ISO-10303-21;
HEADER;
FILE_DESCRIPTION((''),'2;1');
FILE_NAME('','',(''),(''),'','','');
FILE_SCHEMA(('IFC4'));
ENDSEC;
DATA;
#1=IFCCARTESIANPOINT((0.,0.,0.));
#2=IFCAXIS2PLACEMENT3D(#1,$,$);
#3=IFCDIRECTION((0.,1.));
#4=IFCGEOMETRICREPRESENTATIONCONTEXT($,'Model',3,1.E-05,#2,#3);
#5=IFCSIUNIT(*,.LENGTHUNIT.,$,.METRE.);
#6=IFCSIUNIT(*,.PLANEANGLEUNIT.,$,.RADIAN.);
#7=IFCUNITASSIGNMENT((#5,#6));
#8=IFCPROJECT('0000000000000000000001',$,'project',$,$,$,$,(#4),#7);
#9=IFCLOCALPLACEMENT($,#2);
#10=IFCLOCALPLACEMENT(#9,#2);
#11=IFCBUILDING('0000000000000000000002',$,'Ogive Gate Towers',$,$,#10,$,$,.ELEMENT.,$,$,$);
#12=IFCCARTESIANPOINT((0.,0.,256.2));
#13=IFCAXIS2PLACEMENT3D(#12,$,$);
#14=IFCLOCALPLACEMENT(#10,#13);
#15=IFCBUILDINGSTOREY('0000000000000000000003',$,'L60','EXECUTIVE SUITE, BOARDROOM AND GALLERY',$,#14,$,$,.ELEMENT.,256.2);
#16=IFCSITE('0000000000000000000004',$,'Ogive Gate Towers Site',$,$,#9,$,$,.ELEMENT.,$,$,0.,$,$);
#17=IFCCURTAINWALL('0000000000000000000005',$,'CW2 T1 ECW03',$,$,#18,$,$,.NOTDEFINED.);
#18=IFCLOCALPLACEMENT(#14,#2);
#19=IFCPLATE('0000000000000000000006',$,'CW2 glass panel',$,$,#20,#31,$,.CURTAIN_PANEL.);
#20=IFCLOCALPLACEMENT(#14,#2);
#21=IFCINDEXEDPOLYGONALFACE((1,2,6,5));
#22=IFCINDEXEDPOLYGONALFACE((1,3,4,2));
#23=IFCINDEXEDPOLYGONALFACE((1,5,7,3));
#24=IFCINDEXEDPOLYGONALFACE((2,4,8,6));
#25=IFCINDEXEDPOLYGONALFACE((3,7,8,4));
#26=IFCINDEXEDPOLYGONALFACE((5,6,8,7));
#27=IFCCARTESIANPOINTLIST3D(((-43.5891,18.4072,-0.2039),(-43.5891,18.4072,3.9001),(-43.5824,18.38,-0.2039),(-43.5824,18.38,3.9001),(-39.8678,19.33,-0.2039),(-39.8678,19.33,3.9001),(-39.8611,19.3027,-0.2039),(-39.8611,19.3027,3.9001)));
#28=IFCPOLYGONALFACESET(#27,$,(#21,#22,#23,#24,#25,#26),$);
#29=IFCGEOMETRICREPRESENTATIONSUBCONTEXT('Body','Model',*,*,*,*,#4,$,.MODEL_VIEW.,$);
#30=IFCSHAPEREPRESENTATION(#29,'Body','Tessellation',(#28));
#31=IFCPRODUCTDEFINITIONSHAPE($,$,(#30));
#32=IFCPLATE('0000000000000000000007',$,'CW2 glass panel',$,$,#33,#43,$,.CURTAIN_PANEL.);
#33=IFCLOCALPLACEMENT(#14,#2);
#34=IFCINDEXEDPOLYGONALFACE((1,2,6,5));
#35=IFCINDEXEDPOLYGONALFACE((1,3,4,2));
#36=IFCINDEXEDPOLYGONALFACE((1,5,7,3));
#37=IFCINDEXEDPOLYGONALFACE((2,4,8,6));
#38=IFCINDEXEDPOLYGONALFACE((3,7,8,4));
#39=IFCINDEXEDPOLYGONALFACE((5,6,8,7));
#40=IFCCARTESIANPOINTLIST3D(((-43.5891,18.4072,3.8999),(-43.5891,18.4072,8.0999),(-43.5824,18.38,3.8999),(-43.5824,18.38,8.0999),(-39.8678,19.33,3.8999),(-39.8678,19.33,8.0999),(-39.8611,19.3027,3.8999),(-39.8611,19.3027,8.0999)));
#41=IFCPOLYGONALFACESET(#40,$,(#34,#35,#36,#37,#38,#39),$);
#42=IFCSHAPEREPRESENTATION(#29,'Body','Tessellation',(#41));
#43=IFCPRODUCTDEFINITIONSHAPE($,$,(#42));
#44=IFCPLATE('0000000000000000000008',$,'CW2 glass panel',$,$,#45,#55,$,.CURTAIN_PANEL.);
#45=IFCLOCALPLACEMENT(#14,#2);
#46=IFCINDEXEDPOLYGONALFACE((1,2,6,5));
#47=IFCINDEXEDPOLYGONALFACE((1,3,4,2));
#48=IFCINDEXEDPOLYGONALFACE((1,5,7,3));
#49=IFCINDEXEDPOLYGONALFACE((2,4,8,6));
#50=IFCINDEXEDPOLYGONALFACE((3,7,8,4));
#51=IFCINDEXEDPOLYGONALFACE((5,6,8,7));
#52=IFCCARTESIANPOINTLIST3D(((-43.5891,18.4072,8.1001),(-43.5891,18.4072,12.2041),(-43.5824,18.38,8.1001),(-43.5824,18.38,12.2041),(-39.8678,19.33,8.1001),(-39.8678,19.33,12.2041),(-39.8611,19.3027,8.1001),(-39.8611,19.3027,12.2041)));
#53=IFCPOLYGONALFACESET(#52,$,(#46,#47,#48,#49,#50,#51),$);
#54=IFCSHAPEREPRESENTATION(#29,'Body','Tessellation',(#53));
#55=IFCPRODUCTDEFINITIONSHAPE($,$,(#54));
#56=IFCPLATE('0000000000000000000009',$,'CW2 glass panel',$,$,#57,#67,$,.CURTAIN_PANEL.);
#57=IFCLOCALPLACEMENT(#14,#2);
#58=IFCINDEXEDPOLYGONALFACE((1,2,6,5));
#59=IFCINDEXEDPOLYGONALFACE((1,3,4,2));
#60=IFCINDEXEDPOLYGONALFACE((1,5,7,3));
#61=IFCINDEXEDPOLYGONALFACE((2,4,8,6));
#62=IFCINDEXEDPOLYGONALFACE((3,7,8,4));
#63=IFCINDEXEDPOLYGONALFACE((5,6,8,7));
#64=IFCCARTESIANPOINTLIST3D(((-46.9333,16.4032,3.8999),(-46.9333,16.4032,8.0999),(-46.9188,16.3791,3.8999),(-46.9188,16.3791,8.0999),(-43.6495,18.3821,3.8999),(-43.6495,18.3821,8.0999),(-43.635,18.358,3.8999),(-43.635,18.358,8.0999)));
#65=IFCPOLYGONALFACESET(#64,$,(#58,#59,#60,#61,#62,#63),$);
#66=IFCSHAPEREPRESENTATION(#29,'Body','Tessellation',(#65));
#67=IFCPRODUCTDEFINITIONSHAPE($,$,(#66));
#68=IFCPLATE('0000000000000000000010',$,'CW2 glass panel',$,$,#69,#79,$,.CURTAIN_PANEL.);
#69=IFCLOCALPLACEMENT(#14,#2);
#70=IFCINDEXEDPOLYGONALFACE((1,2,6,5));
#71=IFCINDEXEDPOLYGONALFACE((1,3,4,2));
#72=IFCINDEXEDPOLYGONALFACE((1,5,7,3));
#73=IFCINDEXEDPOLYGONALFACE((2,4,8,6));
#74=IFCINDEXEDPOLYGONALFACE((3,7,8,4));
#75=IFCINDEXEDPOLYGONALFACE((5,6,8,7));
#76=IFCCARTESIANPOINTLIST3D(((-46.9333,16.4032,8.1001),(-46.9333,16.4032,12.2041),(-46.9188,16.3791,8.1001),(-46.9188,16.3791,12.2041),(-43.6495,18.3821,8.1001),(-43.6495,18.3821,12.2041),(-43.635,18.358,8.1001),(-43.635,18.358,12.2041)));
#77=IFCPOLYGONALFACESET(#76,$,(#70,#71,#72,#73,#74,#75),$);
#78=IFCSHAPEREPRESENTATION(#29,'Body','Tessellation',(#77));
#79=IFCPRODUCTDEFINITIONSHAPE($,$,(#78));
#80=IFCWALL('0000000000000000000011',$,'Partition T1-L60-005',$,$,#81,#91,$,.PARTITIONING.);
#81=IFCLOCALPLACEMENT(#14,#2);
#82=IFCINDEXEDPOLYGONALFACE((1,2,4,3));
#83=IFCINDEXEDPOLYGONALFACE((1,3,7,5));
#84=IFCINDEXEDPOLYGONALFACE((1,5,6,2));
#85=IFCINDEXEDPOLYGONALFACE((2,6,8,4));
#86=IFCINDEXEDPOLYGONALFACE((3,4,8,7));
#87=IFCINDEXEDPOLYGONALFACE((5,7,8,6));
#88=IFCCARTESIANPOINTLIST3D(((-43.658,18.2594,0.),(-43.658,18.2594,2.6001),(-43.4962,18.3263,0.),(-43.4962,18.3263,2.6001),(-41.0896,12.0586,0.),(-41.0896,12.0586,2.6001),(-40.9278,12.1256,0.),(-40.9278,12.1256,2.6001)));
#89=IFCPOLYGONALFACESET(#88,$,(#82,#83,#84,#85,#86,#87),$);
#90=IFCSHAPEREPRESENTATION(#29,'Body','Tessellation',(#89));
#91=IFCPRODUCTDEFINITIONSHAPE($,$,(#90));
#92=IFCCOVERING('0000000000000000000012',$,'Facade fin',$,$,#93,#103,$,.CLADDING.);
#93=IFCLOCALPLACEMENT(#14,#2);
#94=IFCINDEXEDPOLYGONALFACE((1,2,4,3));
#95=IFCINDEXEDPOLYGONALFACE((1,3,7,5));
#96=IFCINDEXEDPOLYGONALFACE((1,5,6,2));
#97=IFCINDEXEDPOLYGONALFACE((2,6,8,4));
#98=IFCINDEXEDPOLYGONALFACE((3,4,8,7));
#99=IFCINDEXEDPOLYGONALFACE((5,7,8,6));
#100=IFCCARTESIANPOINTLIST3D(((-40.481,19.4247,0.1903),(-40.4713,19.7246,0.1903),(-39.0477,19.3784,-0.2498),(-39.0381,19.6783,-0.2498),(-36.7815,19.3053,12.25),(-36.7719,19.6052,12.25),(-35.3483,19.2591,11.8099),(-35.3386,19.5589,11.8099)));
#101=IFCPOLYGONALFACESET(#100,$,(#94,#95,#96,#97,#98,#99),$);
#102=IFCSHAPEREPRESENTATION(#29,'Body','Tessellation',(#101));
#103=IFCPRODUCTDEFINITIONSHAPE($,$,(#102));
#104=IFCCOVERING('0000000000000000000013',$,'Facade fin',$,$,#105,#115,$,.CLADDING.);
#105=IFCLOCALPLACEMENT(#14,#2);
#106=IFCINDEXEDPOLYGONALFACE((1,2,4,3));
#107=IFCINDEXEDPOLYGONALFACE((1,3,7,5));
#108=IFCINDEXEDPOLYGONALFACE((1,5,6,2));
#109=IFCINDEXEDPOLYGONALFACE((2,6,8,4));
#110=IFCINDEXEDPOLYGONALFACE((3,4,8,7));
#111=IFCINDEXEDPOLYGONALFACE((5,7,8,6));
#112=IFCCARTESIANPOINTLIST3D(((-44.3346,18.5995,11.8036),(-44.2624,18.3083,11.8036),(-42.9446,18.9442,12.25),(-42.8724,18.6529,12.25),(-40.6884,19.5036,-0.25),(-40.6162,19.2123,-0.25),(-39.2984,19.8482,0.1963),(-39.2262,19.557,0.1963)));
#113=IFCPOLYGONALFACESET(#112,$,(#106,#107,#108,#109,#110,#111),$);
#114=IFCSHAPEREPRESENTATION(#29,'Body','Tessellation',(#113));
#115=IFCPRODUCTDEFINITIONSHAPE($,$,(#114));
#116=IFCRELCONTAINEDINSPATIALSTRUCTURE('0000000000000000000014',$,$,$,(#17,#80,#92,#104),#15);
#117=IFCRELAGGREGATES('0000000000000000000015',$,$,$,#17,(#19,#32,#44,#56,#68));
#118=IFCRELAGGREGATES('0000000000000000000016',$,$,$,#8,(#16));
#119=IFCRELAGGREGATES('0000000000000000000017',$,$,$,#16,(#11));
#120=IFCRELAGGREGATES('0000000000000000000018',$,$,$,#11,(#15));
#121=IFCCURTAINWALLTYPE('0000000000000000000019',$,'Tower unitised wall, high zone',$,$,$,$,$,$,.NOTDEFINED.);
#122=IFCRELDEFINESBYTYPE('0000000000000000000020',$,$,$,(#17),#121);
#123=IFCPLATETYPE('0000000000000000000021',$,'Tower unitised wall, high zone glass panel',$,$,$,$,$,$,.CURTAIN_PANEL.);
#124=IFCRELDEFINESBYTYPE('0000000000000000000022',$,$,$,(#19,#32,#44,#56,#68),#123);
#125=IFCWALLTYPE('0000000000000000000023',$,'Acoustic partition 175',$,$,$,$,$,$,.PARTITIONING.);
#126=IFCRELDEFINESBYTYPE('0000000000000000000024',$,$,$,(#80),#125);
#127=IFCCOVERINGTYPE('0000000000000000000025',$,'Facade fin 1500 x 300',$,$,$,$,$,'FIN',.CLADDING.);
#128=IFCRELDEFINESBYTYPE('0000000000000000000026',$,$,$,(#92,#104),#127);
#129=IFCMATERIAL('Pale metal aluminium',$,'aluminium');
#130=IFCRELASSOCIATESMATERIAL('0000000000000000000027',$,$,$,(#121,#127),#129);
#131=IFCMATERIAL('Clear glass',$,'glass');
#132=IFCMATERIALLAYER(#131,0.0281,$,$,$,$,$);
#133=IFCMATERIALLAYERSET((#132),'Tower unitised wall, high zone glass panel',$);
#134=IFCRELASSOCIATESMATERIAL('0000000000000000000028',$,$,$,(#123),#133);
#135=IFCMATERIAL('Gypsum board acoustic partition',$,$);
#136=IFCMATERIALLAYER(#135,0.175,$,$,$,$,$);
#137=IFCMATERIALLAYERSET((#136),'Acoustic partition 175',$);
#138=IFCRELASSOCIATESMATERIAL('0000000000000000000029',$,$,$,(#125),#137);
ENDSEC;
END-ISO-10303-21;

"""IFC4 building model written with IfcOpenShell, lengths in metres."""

from ifc_helpers import new_model, si_unit, direction, frame, frame_2d, origin, origin_2d, place, context, subcontext, project, spatial, rectangle, extrude, material, layer, layer_set, material_profile, profile_set, type_object, element, aggregate, save


model = new_model("IFC4")

# Units and contexts
model_context = context("Model", 3, precision=1e-05, world=origin(), true_north=direction((0.0, 1.0)))
body_context = subcontext(model_context, "Body", "Model", "MODEL_VIEW")
ifc_project = project(units=[si_unit("LENGTHUNIT", "METRE"), si_unit("PLANEANGLEUNIT", "RADIAN")], contexts=[model_context])

# Site, building, storey
site_placement = place(None, origin())
site = spatial("IfcSite", under=ifc_project, at=site_placement, Name="Ogive Gate Towers Site", CompositionType="ELEMENT", RefElevation=0.0)
building_placement = place(site_placement, origin())
building = spatial("IfcBuilding", under=site, at=building_placement, Name="Ogive Gate Towers", CompositionType="ELEMENT")
storey_placement = place(building_placement, frame((0.0, 0.0, 256.2)))
storey = spatial("IfcBuildingStorey", under=building, at=storey_placement, Name="L60", Description="EXECUTIVE SUITE, BOARDROOM AND GALLERY", CompositionType="ELEMENT", Elevation=256.2)

# Curtain wall, plates
ifc_material_1 = material(Name="Pale metal aluminium", Category="aluminium")
curtain_wall_type = type_object("IfcCurtainWallType", Name="Tower unitised wall, high zone", PredefinedType="NOTDEFINED", material=ifc_material_1)
curtain_wall_placement = place(storey_placement, origin())
curtain_wall = element("IfcCurtainWall", 1, at=curtain_wall_placement, inside=storey, type_object=curtain_wall_type, Name="CW2 T1 ECW03", PredefinedType="NOTDEFINED")
ifc_material_2 = material(Name="Clear glass", Category="glass")
ifc_layer_1 = layer(ifc_material_2, 0.0281)
ifc_layer_set_1 = layer_set([ifc_layer_1], Name="Tower unitised wall, high zone glass panel")
plate_type = type_object("IfcPlateType", Name="Tower unitised wall, high zone glass panel", PredefinedType="CURTAIN_PANEL", material=ifc_layer_set_1)
plate_1_placement = place(storey_placement, frame((-41.7251, 18.855, -0.2039), z_axis=(0.0, 0.0, 1.0), x_axis=(-0.970607, -0.240669, 0.0)))
plate_1 = element("IfcPlate", 2, at=plate_1_placement, type_object=plate_type, Name="CW2 glass panel", PredefinedType="CURTAIN_PANEL", context=body_context, shape_type="SweptSolid", body=[
    extrude(rectangle(XDim=3.834, YDim=0.0281, at=origin_2d()), origin(), (0.0, 0.0, 1.0), 4.104),
])
plate_2_placement = place(storey_placement, frame((-41.7251, 18.855, 3.8999), z_axis=(0.0, 0.0, 1.0), x_axis=(-0.970607, -0.240669, 0.0)))
plate_2 = element("IfcPlate", 3, at=plate_2_placement, type_object=plate_type, Name="CW2 glass panel", PredefinedType="CURTAIN_PANEL", context=body_context, shape_type="SweptSolid", body=[
    extrude(rectangle(XDim=3.834, YDim=0.0281, at=origin_2d()), origin(), (0.0, 0.0, 1.0), 4.2),
])
plate_3_placement = place(storey_placement, frame((-41.7251, 18.855, 8.1001), z_axis=(0.0, 0.0, 1.0), x_axis=(-0.970607, -0.240669, 0.0)))
plate_3 = element("IfcPlate", 4, at=plate_3_placement, type_object=plate_type, Name="CW2 glass panel", PredefinedType="CURTAIN_PANEL", context=body_context, shape_type="SweptSolid", body=[
    extrude(rectangle(XDim=3.834, YDim=0.0281, at=origin_2d()), origin(), (0.0, 0.0, 1.0), 4.104),
])
plate_4_placement = place(storey_placement, frame((-45.2842, 17.3806, 3.8999), z_axis=(0.0, 0.0, 1.0), x_axis=(-0.856501, -0.516145, 0.0)))
plate_4 = element("IfcPlate", 5, at=plate_4_placement, type_object=plate_type, Name="CW2 glass panel", PredefinedType="CURTAIN_PANEL", context=body_context, shape_type="SweptSolid", body=[
    extrude(rectangle(XDim=3.834, YDim=0.0281, at=origin_2d()), origin(), (0.0, 0.0, 1.0), 4.2),
])
plate_5_placement = place(storey_placement, frame((-45.2842, 17.3806, 8.1001), z_axis=(0.0, 0.0, 1.0), x_axis=(-0.856501, -0.516145, 0.0)))
plate_5 = element("IfcPlate", 6, at=plate_5_placement, type_object=plate_type, Name="CW2 glass panel", PredefinedType="CURTAIN_PANEL", context=body_context, shape_type="SweptSolid", body=[
    extrude(rectangle(XDim=3.834, YDim=0.0281, at=origin_2d()), origin(), (0.0, 0.0, 1.0), 4.104),
])
aggregate(curtain_wall, [plate_1, plate_2, plate_3, plate_4, plate_5])

# Wall
ifc_material_3 = material(Name="Gypsum board acoustic partition")
ifc_layer_2 = layer(ifc_material_3, 0.175)
ifc_layer_set_2 = layer_set([ifc_layer_2], Name="Acoustic partition 175")
wall_type = type_object("IfcWallType", Name="Acoustic partition 175", PredefinedType="PARTITIONING", material=ifc_layer_set_2)
wall_placement = place(storey_placement, frame((-43.5771, 18.293, 0.0), z_axis=(0.0, 0.0, 1.0), x_axis=(0.382677, -0.923882, 0.0)))
element("IfcWall", 7, at=wall_placement, inside=storey, type_object=wall_type, Name="Partition T1-L60-005", PredefinedType="PARTITIONING", context=body_context, shape_type="SweptSolid", body=[
    extrude(rectangle(XDim=6.7117, YDim=0.175, at=frame_2d((3.356, 0.0))), origin(), (0.0, 0.0, 1.0), 2.6001),
])

# Coverings
ifc_material_profile_1 = material_profile(ifc_material_1, rectangle(XDim=0.3, YDim=1.5, at=origin_2d()), Name="1500 x 300 pale metal aluminium")
ifc_profile_set_1 = profile_set([ifc_material_profile_1], Name="Pale metal aluminium")
covering_type = type_object("IfcCoveringType", Name="Facade fin 1500 x 300", ElementType="FIN", PredefinedType="CLADDING", material=ifc_profile_set_1)
covering_1_placement = place(storey_placement, frame((-39.7595, 19.5515, -0.0298), z_axis=(0.293258, -0.009464, 0.955987), x_axis=(0.032254, 0.99948, 0.0)))
element("IfcCovering", 8, at=covering_1_placement, inside=storey, type_object=covering_type, Name="Facade fin", PredefinedType="CLADDING", context=body_context, shape_type="SweptSolid", body=[
    extrude(rectangle(XDim=0.3, YDim=1.5, at=origin_2d()), origin(), (0.0, 0.0, 1.0), 12.615),
])
covering_2_placement = place(storey_placement, frame((-39.9573, 19.5303, -0.0269), z_axis=(-0.288799, -0.071605, 0.954708), x_axis=(0.240654, -0.970611, 0.0)))
element("IfcCovering", 9, at=covering_2_placement, inside=storey, type_object=covering_type, Name="Facade fin", PredefinedType="CLADDING", context=body_context, shape_type="SweptSolid", body=[
    extrude(rectangle(XDim=0.3, YDim=1.5, at=origin_2d()), origin(), (0.0, 0.0, 1.0), 12.6255),
])

save(model, "model.ifc")
